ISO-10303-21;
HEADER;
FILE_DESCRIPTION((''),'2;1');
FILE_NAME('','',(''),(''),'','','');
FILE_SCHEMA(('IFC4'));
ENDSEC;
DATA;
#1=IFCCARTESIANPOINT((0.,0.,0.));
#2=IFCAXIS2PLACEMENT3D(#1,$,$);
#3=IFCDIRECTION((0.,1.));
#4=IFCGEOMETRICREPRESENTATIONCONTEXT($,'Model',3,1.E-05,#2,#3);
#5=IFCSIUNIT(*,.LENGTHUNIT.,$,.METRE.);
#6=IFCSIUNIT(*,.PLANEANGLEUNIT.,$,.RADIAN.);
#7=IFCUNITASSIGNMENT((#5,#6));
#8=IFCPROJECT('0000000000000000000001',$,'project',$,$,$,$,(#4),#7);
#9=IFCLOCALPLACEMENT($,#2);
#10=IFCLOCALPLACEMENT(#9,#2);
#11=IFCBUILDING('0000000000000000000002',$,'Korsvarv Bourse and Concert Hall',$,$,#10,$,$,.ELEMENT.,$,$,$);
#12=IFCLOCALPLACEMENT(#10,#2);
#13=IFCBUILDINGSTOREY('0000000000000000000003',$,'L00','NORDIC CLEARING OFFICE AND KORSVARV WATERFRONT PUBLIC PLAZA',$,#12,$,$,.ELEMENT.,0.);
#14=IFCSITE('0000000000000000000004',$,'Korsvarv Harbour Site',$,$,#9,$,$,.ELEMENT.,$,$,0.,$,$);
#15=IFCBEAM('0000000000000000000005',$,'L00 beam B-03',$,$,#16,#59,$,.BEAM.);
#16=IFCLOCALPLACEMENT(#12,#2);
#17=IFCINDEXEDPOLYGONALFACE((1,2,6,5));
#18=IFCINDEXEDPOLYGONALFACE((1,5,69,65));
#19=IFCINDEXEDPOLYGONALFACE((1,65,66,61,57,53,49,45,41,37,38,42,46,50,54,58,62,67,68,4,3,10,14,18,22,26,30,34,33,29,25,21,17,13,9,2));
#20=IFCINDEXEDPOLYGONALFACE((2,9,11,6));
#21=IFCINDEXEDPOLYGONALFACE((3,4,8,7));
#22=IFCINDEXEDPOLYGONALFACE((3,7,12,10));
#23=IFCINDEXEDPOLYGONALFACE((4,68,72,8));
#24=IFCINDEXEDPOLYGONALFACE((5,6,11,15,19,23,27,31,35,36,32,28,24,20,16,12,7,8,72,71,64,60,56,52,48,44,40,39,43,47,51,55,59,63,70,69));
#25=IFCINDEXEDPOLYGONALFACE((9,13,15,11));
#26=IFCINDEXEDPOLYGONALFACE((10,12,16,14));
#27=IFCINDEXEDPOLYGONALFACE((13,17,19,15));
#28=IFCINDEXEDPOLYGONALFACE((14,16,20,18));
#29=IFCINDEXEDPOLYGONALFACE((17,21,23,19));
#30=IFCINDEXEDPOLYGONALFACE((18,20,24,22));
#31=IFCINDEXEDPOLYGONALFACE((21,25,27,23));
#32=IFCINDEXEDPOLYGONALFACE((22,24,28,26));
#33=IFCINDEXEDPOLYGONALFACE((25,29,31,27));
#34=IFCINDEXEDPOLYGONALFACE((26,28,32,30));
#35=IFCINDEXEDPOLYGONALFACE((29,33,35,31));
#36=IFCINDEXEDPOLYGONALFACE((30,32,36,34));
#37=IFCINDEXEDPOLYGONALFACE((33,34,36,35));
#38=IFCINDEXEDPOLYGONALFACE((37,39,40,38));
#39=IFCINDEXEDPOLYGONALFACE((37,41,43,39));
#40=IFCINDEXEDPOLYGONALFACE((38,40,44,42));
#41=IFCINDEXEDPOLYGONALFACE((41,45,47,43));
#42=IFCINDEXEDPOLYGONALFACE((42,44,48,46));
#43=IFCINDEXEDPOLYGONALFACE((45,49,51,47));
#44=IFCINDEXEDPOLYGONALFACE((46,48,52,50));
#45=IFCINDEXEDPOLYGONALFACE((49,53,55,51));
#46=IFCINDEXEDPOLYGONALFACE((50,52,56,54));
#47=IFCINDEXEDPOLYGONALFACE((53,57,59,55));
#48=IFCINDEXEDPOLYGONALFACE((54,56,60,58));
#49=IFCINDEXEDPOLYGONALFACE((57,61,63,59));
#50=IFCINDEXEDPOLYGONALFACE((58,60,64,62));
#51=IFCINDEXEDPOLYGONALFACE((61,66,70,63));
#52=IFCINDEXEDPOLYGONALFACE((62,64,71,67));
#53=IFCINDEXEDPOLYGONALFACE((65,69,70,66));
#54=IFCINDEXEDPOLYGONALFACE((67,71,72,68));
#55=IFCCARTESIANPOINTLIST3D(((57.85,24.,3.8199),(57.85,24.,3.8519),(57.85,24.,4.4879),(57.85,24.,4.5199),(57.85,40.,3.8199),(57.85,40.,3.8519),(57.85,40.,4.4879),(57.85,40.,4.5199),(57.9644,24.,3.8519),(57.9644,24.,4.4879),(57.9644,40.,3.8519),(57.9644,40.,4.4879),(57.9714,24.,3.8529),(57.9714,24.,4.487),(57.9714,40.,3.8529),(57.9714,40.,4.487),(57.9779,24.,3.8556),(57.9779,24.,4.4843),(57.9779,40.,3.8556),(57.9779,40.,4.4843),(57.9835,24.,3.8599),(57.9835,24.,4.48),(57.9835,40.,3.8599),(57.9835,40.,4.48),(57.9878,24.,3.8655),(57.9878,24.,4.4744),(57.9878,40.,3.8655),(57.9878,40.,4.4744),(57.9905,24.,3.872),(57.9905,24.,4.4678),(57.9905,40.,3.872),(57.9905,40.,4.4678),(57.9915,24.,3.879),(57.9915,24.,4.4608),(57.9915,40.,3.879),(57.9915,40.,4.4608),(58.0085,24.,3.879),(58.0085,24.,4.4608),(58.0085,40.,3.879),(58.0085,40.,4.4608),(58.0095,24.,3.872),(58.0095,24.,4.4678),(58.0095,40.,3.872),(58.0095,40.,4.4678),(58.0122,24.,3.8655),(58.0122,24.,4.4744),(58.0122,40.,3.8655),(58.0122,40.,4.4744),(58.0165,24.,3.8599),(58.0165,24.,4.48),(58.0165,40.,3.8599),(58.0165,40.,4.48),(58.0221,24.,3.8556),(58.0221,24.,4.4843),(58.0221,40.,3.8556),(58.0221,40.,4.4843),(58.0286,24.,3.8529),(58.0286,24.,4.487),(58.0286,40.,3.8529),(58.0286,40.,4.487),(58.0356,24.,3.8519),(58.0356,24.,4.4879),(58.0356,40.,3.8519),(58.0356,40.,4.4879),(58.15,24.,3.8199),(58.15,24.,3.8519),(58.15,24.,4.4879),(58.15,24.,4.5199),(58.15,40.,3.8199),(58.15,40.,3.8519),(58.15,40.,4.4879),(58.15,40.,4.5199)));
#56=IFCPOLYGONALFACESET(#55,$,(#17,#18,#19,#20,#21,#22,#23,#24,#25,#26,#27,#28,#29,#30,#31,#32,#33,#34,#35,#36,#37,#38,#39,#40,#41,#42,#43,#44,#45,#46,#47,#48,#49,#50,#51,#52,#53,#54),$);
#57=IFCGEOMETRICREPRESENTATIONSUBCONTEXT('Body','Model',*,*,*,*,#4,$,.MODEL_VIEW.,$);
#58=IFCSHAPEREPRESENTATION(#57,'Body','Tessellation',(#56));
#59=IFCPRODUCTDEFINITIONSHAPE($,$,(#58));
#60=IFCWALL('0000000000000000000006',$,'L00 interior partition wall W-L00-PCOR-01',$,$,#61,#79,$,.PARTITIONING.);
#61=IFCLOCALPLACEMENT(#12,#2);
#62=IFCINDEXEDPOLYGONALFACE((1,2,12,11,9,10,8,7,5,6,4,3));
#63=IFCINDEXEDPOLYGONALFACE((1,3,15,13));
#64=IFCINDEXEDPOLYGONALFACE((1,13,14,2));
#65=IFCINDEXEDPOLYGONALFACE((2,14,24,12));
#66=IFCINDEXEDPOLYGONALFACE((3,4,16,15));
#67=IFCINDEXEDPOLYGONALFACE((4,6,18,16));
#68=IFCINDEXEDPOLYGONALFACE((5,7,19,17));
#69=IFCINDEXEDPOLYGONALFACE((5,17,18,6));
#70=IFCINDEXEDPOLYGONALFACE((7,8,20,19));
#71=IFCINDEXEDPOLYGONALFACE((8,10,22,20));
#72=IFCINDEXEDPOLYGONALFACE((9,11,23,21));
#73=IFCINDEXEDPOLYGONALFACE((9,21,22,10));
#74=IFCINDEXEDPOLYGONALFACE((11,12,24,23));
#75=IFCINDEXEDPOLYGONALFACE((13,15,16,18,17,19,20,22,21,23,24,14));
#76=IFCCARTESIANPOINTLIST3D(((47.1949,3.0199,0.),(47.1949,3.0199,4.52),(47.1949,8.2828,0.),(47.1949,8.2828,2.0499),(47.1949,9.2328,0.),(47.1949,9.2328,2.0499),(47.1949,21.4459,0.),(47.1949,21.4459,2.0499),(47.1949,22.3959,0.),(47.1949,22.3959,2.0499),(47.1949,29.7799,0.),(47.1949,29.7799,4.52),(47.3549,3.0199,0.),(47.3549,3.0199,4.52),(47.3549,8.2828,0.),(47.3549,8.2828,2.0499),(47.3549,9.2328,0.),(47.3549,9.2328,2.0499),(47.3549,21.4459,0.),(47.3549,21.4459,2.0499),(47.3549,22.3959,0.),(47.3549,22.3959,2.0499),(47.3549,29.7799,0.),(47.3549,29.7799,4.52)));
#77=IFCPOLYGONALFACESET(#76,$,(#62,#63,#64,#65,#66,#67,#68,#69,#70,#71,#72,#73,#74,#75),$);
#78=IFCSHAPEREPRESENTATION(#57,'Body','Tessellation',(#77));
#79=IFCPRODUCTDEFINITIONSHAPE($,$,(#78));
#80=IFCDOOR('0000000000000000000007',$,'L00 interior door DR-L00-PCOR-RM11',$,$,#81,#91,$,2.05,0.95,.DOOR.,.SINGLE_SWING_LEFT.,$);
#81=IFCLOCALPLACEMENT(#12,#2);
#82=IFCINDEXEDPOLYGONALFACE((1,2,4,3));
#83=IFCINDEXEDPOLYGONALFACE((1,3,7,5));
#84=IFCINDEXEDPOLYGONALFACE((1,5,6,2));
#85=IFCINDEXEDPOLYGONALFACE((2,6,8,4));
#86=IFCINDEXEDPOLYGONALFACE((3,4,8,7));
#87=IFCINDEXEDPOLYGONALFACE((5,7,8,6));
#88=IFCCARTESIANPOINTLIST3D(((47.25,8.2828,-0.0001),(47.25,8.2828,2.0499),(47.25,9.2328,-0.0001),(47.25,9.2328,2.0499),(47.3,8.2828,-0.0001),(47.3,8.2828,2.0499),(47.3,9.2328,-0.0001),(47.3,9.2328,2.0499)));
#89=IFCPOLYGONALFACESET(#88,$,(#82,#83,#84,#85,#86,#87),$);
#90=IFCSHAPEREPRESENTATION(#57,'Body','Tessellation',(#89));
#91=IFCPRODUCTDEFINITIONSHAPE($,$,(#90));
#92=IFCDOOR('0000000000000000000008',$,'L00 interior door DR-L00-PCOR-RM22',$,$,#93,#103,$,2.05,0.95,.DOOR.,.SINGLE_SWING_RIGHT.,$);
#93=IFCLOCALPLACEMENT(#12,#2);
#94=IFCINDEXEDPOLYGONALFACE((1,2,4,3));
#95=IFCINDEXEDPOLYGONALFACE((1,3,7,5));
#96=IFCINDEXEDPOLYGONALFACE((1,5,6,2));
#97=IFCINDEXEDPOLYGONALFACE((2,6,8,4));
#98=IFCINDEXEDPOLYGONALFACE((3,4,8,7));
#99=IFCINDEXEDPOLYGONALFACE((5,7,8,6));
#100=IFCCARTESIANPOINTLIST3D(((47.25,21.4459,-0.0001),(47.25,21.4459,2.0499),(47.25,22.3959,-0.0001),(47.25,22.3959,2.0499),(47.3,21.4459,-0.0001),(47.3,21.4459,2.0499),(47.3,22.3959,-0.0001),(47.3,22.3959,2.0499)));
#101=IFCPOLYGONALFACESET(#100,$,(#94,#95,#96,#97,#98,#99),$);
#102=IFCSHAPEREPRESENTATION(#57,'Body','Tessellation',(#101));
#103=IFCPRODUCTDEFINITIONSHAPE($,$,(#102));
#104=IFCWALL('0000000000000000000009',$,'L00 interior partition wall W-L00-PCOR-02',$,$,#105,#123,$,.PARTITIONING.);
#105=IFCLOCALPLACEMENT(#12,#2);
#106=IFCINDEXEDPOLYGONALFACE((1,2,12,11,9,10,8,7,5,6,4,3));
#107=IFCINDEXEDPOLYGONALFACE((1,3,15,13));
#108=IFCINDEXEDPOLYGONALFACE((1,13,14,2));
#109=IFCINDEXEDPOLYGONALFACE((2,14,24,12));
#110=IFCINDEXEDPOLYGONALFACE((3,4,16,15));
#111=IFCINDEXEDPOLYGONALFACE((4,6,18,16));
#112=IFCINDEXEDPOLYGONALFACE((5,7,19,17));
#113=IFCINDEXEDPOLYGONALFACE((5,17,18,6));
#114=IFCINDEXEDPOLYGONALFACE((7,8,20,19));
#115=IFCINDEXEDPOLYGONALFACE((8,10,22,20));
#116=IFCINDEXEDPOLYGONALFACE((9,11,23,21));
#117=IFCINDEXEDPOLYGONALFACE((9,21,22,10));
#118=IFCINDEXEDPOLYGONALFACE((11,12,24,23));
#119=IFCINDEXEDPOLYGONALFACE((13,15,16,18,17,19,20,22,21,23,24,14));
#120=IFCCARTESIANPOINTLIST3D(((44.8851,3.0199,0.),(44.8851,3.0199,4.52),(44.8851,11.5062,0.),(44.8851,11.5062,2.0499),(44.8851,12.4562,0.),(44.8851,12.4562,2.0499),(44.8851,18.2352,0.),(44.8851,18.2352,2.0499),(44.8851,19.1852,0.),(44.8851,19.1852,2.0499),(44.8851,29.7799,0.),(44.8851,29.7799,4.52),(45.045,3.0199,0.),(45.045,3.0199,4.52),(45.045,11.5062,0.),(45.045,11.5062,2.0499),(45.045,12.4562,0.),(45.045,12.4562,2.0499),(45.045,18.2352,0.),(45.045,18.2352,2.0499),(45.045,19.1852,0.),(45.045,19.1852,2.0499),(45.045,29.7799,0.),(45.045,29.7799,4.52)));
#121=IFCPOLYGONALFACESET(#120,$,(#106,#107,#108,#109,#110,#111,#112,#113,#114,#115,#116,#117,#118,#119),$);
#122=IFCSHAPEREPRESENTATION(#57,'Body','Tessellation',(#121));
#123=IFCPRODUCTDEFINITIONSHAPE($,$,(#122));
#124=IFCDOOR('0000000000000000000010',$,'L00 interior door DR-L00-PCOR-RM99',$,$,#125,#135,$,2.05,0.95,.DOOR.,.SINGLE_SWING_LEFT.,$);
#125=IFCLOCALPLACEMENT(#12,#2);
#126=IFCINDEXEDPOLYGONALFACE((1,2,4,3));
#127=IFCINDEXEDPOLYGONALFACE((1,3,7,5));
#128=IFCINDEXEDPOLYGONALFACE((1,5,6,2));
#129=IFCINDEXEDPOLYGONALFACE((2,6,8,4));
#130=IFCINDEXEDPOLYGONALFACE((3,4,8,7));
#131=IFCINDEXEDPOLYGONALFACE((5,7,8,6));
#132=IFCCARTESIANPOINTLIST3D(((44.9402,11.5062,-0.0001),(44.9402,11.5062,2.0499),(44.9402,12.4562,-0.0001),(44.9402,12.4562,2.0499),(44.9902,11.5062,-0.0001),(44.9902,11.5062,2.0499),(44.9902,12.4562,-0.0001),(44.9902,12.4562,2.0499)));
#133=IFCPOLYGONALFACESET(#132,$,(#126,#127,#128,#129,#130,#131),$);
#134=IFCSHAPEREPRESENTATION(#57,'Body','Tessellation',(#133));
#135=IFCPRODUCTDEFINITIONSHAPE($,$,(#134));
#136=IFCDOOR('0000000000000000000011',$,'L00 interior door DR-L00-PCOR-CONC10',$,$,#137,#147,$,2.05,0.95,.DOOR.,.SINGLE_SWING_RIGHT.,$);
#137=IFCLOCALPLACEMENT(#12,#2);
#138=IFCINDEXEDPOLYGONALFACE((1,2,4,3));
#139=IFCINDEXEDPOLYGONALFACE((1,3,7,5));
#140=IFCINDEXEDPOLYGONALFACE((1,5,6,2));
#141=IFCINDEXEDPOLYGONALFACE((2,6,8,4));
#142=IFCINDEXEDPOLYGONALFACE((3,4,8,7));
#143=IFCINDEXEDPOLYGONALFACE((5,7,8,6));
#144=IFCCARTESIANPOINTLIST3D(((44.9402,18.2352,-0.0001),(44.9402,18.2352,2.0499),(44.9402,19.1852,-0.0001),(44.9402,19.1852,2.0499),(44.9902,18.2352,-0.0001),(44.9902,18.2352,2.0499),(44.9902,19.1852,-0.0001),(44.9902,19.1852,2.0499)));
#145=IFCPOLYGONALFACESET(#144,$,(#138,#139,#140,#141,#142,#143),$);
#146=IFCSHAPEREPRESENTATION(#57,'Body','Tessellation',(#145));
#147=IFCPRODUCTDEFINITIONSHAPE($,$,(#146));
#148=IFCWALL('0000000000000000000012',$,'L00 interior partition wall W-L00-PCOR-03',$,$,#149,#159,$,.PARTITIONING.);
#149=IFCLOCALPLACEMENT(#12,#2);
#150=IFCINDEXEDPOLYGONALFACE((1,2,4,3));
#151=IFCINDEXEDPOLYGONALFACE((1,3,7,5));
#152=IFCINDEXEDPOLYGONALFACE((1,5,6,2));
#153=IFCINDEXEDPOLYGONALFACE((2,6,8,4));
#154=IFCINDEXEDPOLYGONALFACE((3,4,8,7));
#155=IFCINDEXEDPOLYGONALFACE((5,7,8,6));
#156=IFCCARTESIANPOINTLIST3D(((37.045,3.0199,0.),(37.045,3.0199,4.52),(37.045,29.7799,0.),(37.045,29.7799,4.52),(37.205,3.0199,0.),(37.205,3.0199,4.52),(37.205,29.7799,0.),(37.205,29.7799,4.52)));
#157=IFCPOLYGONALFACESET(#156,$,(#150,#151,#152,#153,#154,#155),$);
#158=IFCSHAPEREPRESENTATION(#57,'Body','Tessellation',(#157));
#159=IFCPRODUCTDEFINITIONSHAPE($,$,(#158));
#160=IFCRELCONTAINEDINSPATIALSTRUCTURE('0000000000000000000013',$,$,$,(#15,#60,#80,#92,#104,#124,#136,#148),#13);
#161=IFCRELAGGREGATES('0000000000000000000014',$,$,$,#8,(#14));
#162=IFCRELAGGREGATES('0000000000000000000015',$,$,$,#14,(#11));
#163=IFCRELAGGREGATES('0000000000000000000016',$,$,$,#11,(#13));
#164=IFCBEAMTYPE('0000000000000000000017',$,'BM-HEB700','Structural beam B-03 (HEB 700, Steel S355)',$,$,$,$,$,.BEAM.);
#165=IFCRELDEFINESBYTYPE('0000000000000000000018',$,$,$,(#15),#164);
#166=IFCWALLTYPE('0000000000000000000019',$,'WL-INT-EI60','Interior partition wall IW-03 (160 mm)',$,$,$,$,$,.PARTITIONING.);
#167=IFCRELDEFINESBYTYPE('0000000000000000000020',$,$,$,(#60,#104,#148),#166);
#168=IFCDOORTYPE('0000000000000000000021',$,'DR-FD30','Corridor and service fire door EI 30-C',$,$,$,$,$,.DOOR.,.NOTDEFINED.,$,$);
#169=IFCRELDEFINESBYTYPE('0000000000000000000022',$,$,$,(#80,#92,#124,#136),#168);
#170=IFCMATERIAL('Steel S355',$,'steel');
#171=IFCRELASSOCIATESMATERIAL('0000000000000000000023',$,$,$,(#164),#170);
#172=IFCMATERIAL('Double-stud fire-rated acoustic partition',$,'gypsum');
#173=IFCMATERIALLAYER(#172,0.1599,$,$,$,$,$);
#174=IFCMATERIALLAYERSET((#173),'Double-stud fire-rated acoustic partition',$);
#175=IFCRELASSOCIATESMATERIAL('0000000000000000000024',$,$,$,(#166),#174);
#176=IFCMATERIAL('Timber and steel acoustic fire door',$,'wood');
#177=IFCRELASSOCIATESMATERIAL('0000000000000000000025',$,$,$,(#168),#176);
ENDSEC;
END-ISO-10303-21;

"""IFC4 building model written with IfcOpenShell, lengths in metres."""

from ifc_helpers import new_model, si_unit, direction, frame, frame_2d, origin, origin_2d, place, context, subcontext, project, spatial, rectangle, i_section, extrude, source, transform, mapped, material, layer, layer_set, material_profile, profile_set, type_object, element, fill, save


model = new_model("IFC4")

# Units and contexts
model_context = context("Model", 3, precision=1e-05, world=origin(), true_north=direction((0.0, 1.0)))
body_context = subcontext(model_context, "Body", "Model", "MODEL_VIEW")
ifc_project = project(units=[si_unit("LENGTHUNIT", "METRE"), si_unit("PLANEANGLEUNIT", "RADIAN")], contexts=[model_context])

# Site, building, storey
site_placement = place(None, origin())
site = spatial("IfcSite", under=ifc_project, at=site_placement, Name="Korsvarv Harbour Site", CompositionType="ELEMENT", RefElevation=0.0)
building_placement = place(site_placement, origin())
building = spatial("IfcBuilding", under=site, at=building_placement, Name="Korsvarv Bourse and Concert Hall", CompositionType="ELEMENT")
storey_placement = place(building_placement, origin())
storey = spatial("IfcBuildingStorey", under=building, at=storey_placement, Name="L00", Description="NORDIC CLEARING OFFICE AND KORSVARV WATERFRONT PUBLIC PLAZA", CompositionType="ELEMENT", Elevation=0.0)

# Beam
ifc_material_1 = material(Name="Steel S355", Category="steel")
ifc_material_profile_1 = material_profile(ifc_material_1, i_section(OverallWidth=0.3, OverallDepth=0.7, WebThickness=0.0171, FlangeThickness=0.032, FilletRadius=0.0271, at=origin_2d()), Name="HEB 700")
ifc_profile_set_1 = profile_set([ifc_material_profile_1], Name="Steel S355")
beam_type = type_object("IfcBeamType", Name="BM-HEB700", Description="Structural beam B-03 (HEB 700, Steel S355)", PredefinedType="BEAM", material=ifc_profile_set_1)
shared_shape_1 = source(origin(), body_context, "Body", "SweptSolid", [
    extrude(i_section(OverallWidth=0.3, OverallDepth=0.7, WebThickness=0.0171, FlangeThickness=0.032, FilletRadius=0.0271, at=origin_2d()), origin(), (0.0, 0.0, 1.0), 16.0),
])
beam_placement = place(storey_placement, frame((58.0, 24.0, 4.1699), z_axis=(0.0, 1.0, 0.0), x_axis=(-1.0, 0.0, 0.0)))
element("IfcBeam", 1, at=beam_placement, inside=storey, type_object=beam_type, Name="L00 beam B-03", PredefinedType="BEAM", context=body_context, shape_type="MappedRepresentation", body=[
    mapped(shared_shape_1, transform((0.0, 0.0, 0.0), scale=1.0)),
])

# Walls, openings, doors
ifc_material_2 = material(Name="Double-stud fire-rated acoustic partition", Category="gypsum")
ifc_layer_1 = layer(ifc_material_2, 0.1599)
ifc_layer_set_1 = layer_set([ifc_layer_1], Name="Double-stud fire-rated acoustic partition")
wall_type_1 = type_object("IfcWallType", Name="WL-INT-EI60", Description="Interior partition wall IW-03 (160 mm)", PredefinedType="PARTITIONING", material=ifc_layer_set_1)
wall_1_placement = place(storey_placement, frame((47.2749, 3.02, 0.0), z_axis=(0.0, 0.0, 1.0), x_axis=(0.0, 1.0, 0.0)))
wall_1 = element("IfcWall", 2, at=wall_1_placement, inside=storey, type_object=wall_type_1, Name="L00 interior partition wall W-L00-PCOR-01", PredefinedType="PARTITIONING", context=body_context, shape_type="SweptSolid", body=[
    extrude(rectangle(XDim=26.76, YDim=0.1599, at=frame_2d((13.3799, 0.0))), origin(), (0.0, 0.0, 1.0), 4.52),
])
opening_1_placement = place(wall_1_placement, frame((5.2627, 0.0, 0.0)))
opening_1 = element("IfcOpeningElement", 3, at=opening_1_placement, cuts=wall_1, PredefinedType="OPENING", context=body_context, shape_type="SweptSolid", body=[
    extrude(rectangle(XDim=0.95, YDim=2.05, at=frame_2d((0.4751, 1.0249))), frame((0.0, 0.0898, 0.0), z_axis=(0.0, -1.0, 0.0), x_axis=(1.0, 0.0, 0.0)), (0.0, 0.0, 1.0), 0.1799),
])
opening_2_placement = place(wall_1_placement, frame((18.4258, 0.0, 0.0)))
opening_2 = element("IfcOpeningElement", 4, at=opening_2_placement, cuts=wall_1, PredefinedType="OPENING", context=body_context, shape_type="SweptSolid", body=[
    extrude(rectangle(XDim=0.95, YDim=2.05, at=frame_2d((0.4751, 1.0249))), frame((0.0, 0.0898, 0.0), z_axis=(0.0, -1.0, 0.0), x_axis=(1.0, 0.0, 0.0)), (0.0, 0.0, 1.0), 0.1799),
])
ifc_material_3 = material(Name="Timber and steel acoustic fire door", Category="wood")
door_type_1 = type_object("IfcDoorType", Name="DR-FD30", Description="Corridor and service fire door EI 30-C", OperationType="NOTDEFINED", PredefinedType="DOOR", material=ifc_material_3)
door_1_placement = place(opening_1_placement, origin())
door_1 = element("IfcDoor", 5, at=door_1_placement, inside=storey, type_object=door_type_1, Name="L00 interior door DR-L00-PCOR-RM11", OperationType="SINGLE_SWING_LEFT", OverallHeight=2.05, OverallWidth=0.95, PredefinedType="DOOR", context=body_context, shape_type="SweptSolid", body=[
    extrude(rectangle(XDim=0.95, YDim=2.05, at=frame_2d((0.4751, 1.0249))), frame((0.0, 0.0249, 0.0), z_axis=(0.0, -1.0, 0.0), x_axis=(1.0, 0.0, 0.0)), (0.0, 0.0, 1.0), 0.05),
])
fill(opening_1, door_1)
door_2_placement = place(opening_2_placement, origin())
door_2 = element("IfcDoor", 6, at=door_2_placement, inside=storey, type_object=door_type_1, Name="L00 interior door DR-L00-PCOR-RM22", OperationType="SINGLE_SWING_RIGHT", OverallHeight=2.05, OverallWidth=0.95, PredefinedType="DOOR", context=body_context, shape_type="SweptSolid", body=[
    extrude(rectangle(XDim=0.95, YDim=2.05, at=frame_2d((0.4751, 1.0249))), frame((0.0, 0.0249, 0.0), z_axis=(0.0, -1.0, 0.0), x_axis=(1.0, 0.0, 0.0)), (0.0, 0.0, 1.0), 0.05),
])
fill(opening_2, door_2)
wall_2_placement = place(storey_placement, frame((44.9651, 3.02, 0.0), z_axis=(0.0, 0.0, 1.0), x_axis=(0.0, 1.0, 0.0)))
wall_2 = element("IfcWall", 7, at=wall_2_placement, inside=storey, type_object=wall_type_1, Name="L00 interior partition wall W-L00-PCOR-02", PredefinedType="PARTITIONING", context=body_context, shape_type="SweptSolid", body=[
    extrude(rectangle(XDim=26.76, YDim=0.1599, at=frame_2d((13.3799, 0.0))), origin(), (0.0, 0.0, 1.0), 4.52),
])
opening_3_placement = place(wall_2_placement, frame((8.4861, 0.0, 0.0)))
opening_3 = element("IfcOpeningElement", 8, at=opening_3_placement, cuts=wall_2, PredefinedType="OPENING", context=body_context, shape_type="SweptSolid", body=[
    extrude(rectangle(XDim=0.95, YDim=2.05, at=frame_2d((0.4751, 1.0249))), frame((0.0, 0.0898, 0.0), z_axis=(0.0, -1.0, 0.0), x_axis=(1.0, 0.0, 0.0)), (0.0, 0.0, 1.0), 0.1799),
])
opening_4_placement = place(wall_2_placement, frame((15.2151, 0.0, 0.0)))
opening_4 = element("IfcOpeningElement", 9, at=opening_4_placement, cuts=wall_2, PredefinedType="OPENING", context=body_context, shape_type="SweptSolid", body=[
    extrude(rectangle(XDim=0.95, YDim=2.05, at=frame_2d((0.4751, 1.0249))), frame((0.0, 0.0898, 0.0), z_axis=(0.0, -1.0, 0.0), x_axis=(1.0, 0.0, 0.0)), (0.0, 0.0, 1.0), 0.1799),
])
door_3_placement = place(opening_3_placement, origin())
door_3 = element("IfcDoor", 10, at=door_3_placement, inside=storey, type_object=door_type_1, Name="L00 interior door DR-L00-PCOR-RM99", OperationType="SINGLE_SWING_LEFT", OverallHeight=2.05, OverallWidth=0.95, PredefinedType="DOOR", context=body_context, shape_type="SweptSolid", body=[
    extrude(rectangle(XDim=0.95, YDim=2.05, at=frame_2d((0.4751, 1.0249))), frame((0.0, 0.0249, 0.0), z_axis=(0.0, -1.0, 0.0), x_axis=(1.0, 0.0, 0.0)), (0.0, 0.0, 1.0), 0.05),
])
fill(opening_3, door_3)
door_4_placement = place(opening_4_placement, origin())
door_4 = element("IfcDoor", 11, at=door_4_placement, inside=storey, type_object=door_type_1, Name="L00 interior door DR-L00-PCOR-CONC10", OperationType="SINGLE_SWING_RIGHT", OverallHeight=2.05, OverallWidth=0.95, PredefinedType="DOOR", context=body_context, shape_type="SweptSolid", body=[
    extrude(rectangle(XDim=0.95, YDim=2.05, at=frame_2d((0.4751, 1.0249))), frame((0.0, 0.0249, 0.0), z_axis=(0.0, -1.0, 0.0), x_axis=(1.0, 0.0, 0.0)), (0.0, 0.0, 1.0), 0.05),
])
fill(opening_4, door_4)

# Wall
wall_3_placement = place(storey_placement, frame((37.125, 3.02, 0.0), z_axis=(0.0, 0.0, 1.0), x_axis=(0.0, 1.0, 0.0)))
element("IfcWall", 12, at=wall_3_placement, inside=storey, type_object=wall_type_1, Name="L00 interior partition wall W-L00-PCOR-03", PredefinedType="PARTITIONING", context=body_context, shape_type="SweptSolid", body=[
    extrude(rectangle(XDim=26.76, YDim=0.1599, at=frame_2d((13.3799, 0.0))), origin(), (0.0, 0.0, 1.0), 4.52),
])

save(model, "model.ifc")
